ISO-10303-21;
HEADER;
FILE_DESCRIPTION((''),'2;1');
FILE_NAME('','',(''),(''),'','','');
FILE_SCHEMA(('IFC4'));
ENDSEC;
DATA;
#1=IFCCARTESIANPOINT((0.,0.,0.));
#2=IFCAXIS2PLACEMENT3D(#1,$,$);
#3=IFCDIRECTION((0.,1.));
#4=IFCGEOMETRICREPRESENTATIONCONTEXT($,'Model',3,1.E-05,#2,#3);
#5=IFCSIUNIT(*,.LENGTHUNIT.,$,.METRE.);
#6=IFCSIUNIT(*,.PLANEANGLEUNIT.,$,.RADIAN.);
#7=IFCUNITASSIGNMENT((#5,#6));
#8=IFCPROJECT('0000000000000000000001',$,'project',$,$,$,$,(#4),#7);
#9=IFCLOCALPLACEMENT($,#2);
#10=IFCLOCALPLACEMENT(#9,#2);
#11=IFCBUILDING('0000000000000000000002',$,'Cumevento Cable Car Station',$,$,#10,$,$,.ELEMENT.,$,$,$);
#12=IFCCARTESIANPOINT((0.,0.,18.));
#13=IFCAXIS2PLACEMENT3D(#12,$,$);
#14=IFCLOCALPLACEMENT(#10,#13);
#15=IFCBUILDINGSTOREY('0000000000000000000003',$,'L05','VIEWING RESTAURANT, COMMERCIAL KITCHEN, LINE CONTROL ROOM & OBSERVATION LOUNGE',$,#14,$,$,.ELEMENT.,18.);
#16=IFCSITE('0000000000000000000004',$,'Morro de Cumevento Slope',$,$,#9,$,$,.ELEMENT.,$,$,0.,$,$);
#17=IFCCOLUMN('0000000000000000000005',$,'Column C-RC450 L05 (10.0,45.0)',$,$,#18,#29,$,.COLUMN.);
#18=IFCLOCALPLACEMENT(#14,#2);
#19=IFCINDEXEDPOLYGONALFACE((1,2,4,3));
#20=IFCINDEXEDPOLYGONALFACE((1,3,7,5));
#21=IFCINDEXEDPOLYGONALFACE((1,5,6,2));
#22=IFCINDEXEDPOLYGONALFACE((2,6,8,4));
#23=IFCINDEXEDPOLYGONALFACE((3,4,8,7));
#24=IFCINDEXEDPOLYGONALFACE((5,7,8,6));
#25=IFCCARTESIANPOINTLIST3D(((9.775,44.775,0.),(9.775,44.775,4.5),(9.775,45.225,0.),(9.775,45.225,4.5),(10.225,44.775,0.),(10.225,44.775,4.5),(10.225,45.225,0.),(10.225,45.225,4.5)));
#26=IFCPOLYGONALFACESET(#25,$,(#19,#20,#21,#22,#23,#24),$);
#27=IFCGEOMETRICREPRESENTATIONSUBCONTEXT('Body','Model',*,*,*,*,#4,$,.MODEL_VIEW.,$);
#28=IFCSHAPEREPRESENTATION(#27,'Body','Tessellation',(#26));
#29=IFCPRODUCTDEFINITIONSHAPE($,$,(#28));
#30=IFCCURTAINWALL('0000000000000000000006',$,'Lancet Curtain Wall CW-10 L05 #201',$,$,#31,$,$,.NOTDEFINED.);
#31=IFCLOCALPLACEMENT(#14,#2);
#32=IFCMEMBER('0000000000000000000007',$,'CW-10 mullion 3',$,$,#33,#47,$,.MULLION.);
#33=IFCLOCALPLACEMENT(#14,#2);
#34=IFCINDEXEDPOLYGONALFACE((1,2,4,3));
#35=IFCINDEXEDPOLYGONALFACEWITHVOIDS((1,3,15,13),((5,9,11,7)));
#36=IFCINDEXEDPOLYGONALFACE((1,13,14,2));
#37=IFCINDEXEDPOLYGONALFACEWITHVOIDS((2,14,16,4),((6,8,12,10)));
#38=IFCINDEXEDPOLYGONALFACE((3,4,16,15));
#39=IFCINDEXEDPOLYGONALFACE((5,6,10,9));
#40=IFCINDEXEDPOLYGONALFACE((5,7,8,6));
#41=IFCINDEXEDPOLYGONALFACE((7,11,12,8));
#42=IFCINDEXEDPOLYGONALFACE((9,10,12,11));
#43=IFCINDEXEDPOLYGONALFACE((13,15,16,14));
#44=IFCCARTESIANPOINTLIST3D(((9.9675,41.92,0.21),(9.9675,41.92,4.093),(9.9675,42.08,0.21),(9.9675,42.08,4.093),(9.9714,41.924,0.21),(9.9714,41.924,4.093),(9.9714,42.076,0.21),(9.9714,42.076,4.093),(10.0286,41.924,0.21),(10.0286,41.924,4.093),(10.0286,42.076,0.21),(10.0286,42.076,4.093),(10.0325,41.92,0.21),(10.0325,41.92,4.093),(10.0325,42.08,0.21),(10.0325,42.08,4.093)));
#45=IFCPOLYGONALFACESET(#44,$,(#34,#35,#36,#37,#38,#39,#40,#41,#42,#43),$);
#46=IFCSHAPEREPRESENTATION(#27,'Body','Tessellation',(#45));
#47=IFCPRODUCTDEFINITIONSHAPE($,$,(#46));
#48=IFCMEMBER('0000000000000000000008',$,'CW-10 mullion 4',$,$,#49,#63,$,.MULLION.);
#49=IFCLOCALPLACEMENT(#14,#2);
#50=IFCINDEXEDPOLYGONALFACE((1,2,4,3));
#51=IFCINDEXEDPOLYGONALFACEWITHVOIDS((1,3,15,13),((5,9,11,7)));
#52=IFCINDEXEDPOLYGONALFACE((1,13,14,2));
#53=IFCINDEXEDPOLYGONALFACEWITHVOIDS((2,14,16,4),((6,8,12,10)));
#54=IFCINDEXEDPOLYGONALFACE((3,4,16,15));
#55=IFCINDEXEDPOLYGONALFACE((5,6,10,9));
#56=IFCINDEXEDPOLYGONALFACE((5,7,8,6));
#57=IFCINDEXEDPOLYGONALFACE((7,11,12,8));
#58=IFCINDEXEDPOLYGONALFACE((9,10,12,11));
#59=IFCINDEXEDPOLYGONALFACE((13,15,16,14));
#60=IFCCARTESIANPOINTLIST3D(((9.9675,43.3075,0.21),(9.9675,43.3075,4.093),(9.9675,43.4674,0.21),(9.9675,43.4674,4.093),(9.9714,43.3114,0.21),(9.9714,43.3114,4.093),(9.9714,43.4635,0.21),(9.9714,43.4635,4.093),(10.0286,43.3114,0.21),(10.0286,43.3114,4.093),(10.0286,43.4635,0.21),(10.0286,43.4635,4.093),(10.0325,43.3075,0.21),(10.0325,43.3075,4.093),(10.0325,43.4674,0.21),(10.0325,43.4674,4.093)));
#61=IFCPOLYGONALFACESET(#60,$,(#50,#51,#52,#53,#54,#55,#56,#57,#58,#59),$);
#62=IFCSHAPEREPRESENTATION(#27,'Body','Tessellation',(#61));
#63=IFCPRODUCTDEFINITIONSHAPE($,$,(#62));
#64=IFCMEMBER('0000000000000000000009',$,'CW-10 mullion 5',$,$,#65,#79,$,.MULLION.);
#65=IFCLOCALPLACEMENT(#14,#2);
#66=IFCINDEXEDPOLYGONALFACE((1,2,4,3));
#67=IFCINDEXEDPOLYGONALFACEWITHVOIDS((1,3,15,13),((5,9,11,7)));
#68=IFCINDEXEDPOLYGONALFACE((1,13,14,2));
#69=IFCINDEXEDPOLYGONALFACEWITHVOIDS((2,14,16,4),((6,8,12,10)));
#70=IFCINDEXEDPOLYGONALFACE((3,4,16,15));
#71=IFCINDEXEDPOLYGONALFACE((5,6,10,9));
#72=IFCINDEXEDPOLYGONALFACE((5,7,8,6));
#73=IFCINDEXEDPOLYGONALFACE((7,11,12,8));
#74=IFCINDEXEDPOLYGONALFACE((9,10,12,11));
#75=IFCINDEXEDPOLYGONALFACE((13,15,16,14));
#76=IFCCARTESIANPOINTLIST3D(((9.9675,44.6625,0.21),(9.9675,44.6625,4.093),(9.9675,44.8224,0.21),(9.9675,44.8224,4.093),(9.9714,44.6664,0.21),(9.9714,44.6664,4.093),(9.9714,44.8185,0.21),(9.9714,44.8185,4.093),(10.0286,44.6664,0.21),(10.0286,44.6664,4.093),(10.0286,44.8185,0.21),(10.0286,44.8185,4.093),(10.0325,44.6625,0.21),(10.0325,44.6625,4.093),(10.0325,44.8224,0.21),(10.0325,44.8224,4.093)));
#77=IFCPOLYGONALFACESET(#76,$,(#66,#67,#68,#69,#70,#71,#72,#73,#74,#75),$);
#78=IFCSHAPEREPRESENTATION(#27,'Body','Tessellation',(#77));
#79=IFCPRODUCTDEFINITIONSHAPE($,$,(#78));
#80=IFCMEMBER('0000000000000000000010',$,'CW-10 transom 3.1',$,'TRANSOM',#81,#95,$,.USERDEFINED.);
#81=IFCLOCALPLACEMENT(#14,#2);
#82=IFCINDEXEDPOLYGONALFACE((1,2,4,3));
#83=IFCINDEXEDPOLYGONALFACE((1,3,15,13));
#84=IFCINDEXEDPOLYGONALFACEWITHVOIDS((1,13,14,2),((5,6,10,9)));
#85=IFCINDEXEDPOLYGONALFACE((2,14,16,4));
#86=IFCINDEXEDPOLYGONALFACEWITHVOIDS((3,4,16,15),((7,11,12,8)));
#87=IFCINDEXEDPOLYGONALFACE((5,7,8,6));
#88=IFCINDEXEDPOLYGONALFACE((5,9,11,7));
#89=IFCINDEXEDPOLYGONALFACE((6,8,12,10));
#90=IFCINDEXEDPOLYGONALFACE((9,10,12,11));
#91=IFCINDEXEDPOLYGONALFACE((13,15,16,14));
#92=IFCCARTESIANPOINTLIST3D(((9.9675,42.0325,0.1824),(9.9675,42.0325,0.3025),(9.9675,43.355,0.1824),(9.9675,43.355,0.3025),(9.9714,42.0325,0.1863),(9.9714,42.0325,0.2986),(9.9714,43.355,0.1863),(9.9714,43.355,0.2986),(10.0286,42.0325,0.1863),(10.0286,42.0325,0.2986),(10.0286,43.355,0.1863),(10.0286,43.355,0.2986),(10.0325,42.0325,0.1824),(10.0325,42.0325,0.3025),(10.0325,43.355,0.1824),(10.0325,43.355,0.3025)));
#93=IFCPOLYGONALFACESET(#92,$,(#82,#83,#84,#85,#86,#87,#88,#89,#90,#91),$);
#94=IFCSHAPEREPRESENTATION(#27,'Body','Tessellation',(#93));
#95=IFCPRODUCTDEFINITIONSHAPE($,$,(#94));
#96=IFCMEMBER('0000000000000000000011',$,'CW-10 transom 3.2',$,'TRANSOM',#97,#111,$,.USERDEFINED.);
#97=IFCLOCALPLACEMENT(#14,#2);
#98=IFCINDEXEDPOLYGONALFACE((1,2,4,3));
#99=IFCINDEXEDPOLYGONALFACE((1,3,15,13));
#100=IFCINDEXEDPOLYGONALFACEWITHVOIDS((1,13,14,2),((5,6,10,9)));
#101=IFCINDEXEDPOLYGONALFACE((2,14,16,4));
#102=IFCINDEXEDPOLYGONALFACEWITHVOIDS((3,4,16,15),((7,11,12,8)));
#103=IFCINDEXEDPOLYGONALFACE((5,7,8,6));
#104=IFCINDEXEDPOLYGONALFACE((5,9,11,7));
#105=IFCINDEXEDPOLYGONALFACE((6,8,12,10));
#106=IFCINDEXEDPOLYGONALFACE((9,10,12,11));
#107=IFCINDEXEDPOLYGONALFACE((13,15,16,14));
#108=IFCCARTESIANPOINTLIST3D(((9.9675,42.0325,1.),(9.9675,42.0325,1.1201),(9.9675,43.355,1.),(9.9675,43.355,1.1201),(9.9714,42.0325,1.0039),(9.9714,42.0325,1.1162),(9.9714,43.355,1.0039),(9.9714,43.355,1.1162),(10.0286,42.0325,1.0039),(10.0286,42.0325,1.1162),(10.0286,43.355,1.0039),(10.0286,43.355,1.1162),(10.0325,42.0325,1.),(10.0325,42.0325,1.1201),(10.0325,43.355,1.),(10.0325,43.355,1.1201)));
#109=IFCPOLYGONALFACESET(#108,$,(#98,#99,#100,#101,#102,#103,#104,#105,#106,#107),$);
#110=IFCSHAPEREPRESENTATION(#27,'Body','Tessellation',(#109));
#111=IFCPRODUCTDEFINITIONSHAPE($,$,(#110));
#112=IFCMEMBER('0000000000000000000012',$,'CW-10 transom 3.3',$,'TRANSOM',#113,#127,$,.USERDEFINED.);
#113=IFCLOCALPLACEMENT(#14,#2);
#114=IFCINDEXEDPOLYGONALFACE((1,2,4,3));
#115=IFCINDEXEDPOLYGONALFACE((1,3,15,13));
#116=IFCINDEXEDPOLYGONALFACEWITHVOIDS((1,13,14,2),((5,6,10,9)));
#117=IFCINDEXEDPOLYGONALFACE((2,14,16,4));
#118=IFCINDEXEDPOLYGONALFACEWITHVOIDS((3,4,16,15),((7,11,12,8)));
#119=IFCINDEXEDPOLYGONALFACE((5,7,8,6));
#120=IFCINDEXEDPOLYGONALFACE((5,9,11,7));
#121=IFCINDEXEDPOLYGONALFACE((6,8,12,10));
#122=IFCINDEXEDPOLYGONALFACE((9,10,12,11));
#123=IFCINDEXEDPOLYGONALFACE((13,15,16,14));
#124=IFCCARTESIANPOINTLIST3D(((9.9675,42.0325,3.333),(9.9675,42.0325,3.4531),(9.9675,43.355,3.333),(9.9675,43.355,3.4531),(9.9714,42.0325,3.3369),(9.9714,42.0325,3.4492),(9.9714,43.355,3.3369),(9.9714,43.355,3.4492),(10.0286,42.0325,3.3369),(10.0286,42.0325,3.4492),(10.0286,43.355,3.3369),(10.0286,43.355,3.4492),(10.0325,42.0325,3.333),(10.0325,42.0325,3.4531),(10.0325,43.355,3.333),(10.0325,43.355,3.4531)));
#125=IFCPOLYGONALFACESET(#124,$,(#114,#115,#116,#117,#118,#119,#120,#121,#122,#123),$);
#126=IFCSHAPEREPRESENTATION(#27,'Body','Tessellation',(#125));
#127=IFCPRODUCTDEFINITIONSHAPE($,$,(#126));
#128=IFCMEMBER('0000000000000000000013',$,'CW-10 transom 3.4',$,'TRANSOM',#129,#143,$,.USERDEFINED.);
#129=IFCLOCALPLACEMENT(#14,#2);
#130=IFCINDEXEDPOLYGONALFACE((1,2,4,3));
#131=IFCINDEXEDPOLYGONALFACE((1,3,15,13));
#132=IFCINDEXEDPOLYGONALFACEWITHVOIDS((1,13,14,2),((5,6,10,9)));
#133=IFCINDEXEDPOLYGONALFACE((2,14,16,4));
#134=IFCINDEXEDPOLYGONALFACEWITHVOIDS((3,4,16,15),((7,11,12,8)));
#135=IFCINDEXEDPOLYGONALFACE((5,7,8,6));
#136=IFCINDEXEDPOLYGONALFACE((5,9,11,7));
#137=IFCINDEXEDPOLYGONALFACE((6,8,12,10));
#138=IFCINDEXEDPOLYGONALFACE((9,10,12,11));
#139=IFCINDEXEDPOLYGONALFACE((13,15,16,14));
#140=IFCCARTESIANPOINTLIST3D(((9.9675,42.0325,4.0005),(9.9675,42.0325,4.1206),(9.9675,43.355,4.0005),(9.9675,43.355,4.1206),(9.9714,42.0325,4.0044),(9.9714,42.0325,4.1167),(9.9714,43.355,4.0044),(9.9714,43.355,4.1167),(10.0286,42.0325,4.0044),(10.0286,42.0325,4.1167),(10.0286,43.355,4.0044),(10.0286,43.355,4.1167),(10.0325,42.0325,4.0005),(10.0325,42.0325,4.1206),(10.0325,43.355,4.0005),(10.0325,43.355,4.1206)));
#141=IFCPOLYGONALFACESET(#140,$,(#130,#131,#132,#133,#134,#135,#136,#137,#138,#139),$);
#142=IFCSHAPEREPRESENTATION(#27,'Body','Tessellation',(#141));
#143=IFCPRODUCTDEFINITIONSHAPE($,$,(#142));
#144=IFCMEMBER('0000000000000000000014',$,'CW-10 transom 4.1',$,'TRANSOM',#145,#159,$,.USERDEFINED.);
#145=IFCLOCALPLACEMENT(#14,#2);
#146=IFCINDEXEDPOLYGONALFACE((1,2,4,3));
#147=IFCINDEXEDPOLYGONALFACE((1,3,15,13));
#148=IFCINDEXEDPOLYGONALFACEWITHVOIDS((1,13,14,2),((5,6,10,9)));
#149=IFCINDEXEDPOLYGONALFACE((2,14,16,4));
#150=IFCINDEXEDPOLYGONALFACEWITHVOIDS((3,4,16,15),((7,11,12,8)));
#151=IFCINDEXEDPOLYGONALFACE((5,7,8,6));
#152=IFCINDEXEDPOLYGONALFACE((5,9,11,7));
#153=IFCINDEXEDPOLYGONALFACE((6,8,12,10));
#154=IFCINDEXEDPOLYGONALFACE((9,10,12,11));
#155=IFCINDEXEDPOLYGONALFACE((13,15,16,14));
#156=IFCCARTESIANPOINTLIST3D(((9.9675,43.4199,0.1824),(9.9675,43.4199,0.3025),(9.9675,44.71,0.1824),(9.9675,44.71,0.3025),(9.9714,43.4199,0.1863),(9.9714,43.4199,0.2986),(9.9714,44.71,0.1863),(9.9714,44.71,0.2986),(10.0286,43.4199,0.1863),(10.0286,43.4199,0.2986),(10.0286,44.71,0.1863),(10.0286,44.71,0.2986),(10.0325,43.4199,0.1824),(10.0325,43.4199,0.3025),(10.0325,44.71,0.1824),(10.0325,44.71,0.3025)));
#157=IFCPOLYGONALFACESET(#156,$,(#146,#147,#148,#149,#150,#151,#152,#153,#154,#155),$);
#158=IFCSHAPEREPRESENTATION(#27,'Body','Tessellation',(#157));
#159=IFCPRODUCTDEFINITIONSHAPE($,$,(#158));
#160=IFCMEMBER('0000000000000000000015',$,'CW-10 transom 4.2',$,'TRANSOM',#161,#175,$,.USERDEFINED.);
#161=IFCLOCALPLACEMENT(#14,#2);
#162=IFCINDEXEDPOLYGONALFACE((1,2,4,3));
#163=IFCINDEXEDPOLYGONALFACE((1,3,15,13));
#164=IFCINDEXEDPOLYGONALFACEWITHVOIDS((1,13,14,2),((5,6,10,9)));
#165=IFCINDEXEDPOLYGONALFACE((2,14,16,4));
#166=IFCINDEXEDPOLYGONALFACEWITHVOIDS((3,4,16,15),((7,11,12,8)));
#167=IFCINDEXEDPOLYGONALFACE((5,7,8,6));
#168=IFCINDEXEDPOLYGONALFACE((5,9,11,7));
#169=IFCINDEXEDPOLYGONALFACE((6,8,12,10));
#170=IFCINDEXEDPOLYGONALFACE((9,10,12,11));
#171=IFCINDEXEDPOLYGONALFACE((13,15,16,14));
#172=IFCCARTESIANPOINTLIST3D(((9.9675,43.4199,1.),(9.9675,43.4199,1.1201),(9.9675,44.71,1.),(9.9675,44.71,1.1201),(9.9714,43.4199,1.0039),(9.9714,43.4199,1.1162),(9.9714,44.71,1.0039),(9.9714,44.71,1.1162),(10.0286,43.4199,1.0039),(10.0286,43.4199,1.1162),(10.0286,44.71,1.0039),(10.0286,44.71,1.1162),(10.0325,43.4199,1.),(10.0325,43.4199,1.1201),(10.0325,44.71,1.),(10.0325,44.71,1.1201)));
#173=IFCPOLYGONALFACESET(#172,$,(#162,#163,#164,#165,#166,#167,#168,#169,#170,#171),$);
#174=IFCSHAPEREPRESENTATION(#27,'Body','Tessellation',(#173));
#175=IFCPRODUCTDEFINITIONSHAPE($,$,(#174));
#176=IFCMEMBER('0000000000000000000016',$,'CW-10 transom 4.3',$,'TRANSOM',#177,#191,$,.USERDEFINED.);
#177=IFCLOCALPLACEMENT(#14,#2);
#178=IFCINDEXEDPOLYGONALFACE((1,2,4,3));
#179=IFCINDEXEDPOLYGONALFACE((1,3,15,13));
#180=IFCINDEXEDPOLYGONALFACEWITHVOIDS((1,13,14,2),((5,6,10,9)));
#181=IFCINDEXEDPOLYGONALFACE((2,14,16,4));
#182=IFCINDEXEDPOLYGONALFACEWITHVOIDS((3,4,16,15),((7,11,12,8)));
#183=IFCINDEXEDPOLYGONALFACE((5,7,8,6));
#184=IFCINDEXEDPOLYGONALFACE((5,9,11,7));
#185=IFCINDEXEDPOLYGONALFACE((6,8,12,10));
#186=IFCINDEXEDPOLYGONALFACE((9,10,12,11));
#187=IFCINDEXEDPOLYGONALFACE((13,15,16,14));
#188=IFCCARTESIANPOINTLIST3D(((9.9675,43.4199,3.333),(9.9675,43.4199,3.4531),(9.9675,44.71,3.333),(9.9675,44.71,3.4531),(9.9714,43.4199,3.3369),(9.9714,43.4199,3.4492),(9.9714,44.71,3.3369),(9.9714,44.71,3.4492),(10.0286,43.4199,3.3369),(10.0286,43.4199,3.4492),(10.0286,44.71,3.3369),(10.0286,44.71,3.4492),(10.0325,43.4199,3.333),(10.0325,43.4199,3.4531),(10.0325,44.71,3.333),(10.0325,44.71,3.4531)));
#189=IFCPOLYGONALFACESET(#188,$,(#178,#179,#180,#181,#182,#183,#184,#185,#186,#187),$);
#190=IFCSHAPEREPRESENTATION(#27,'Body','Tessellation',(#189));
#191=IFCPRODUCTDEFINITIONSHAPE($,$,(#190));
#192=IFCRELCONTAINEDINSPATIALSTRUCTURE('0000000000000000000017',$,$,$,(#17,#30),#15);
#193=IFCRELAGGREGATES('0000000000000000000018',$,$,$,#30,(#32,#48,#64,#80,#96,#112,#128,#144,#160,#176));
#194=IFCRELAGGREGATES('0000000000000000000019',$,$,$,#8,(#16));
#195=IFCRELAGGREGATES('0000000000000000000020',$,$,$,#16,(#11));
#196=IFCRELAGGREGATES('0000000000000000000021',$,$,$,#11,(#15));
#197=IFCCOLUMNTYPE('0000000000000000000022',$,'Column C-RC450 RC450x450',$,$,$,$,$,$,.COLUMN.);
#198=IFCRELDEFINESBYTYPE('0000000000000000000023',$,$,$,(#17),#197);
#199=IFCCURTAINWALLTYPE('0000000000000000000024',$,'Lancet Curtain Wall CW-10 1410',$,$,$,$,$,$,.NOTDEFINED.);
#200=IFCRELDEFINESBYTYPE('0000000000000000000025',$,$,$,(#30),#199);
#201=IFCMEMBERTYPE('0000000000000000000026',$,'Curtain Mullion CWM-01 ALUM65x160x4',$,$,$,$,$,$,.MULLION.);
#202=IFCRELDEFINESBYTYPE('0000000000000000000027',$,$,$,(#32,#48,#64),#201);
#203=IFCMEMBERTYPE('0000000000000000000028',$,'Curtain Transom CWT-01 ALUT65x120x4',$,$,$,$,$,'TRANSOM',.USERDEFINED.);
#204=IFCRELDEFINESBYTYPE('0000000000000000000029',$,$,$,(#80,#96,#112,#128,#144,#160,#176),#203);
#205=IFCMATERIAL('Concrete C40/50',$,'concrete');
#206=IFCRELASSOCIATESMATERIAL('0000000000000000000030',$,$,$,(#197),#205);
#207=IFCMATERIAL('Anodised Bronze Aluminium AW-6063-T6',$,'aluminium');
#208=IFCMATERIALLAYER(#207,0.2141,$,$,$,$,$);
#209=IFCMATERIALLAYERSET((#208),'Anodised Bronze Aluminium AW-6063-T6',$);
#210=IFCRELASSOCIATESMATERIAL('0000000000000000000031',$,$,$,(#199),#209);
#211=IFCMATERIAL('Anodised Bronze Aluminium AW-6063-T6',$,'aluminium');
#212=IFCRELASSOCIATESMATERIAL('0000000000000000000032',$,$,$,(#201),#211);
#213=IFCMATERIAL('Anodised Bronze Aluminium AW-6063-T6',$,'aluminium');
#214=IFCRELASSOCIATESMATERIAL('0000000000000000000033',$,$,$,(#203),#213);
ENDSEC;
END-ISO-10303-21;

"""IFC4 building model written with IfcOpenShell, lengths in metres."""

from ifc_helpers import new_model, si_unit, direction, frame, origin, origin_2d, place, context, subcontext, project, spatial, rectangle, hollow_rectangle, extrude, material, layer, layer_set, material_profile, profile_set, type_object, element, aggregate, save


model = new_model("IFC4")

# Units and contexts
model_context = context("Model", 3, precision=1e-05, world=origin(), true_north=direction((0.0, 1.0)))
body_context = subcontext(model_context, "Body", "Model", "MODEL_VIEW")
ifc_project = project(units=[si_unit("LENGTHUNIT", "METRE"), si_unit("PLANEANGLEUNIT", "RADIAN")], contexts=[model_context])

# Site, building, storey
site_placement = place(None, origin())
site = spatial("IfcSite", under=ifc_project, at=site_placement, Name="Morro de Cumevento Slope", CompositionType="ELEMENT", RefElevation=0.0)
building_placement = place(site_placement, origin())
building = spatial("IfcBuilding", under=site, at=building_placement, Name="Cumevento Cable Car Station", CompositionType="ELEMENT")
storey_placement = place(building_placement, frame((0.0, 0.0, 18.0)))
storey = spatial("IfcBuildingStorey", under=building, at=storey_placement, Name="L05", Description="VIEWING RESTAURANT, COMMERCIAL KITCHEN, LINE CONTROL ROOM & OBSERVATION LOUNGE", CompositionType="ELEMENT", Elevation=18.0)

# Column
ifc_material_1 = material(Name="Concrete C40/50", Category="concrete")
ifc_material_profile_1 = material_profile(ifc_material_1, rectangle(XDim=0.45, YDim=0.45, at=origin_2d()), Name="RC450x450")
ifc_profile_set_1 = profile_set([ifc_material_profile_1], Name="Concrete C40/50")
column_type = type_object("IfcColumnType", Name="Column C-RC450 RC450x450", PredefinedType="COLUMN", material=ifc_profile_set_1)
column_placement = place(storey_placement, frame((10.0, 45.0, 0.0), z_axis=(0.0, 0.0, 1.0), x_axis=(1.0, 0.0, 0.0)))
element("IfcColumn", 1, at=column_placement, inside=storey, type_object=column_type, Name="Column C-RC450 L05 (10.0,45.0)", PredefinedType="COLUMN", context=body_context, shape_type="SweptSolid", body=[
    extrude(rectangle(XDim=0.45, YDim=0.45, at=origin_2d()), origin(), (0.0, 0.0, 1.0), 4.5),
])

# Curtain wall, members
ifc_material_2 = material(Name="Anodised Bronze Aluminium AW-6063-T6", Category="aluminium")
ifc_layer_1 = layer(ifc_material_2, 0.2141)
ifc_layer_set_1 = layer_set([ifc_layer_1], Name="Anodised Bronze Aluminium AW-6063-T6")
curtain_wall_type = type_object("IfcCurtainWallType", Name="Lancet Curtain Wall CW-10 1410", PredefinedType="NOTDEFINED", material=ifc_layer_set_1)
curtain_wall_placement = place(storey_placement, origin())
curtain_wall = element("IfcCurtainWall", 2, at=curtain_wall_placement, inside=storey, type_object=curtain_wall_type, Name="Lancet Curtain Wall CW-10 L05 #201", PredefinedType="NOTDEFINED")
ifc_material_3 = material(Name="Anodised Bronze Aluminium AW-6063-T6", Category="aluminium")
ifc_material_profile_2 = material_profile(ifc_material_3, hollow_rectangle(XDim=0.0649, YDim=0.1599, WallThickness=0.0039, at=origin_2d()), Name="ALUM65x160x4")
ifc_profile_set_2 = profile_set([ifc_material_profile_2], Name="Anodised Bronze Aluminium AW-6063-T6")
member_type_1 = type_object("IfcMemberType", Name="Curtain Mullion CWM-01 ALUM65x160x4", PredefinedType="MULLION", material=ifc_profile_set_2)
member_1_placement = place(storey_placement, frame((10.0, 42.0, 0.21), z_axis=(0.0, 0.0, 1.0), x_axis=(-1.0, 0.0, 0.0)))
member_1 = element("IfcMember", 3, at=member_1_placement, type_object=member_type_1, Name="CW-10 mullion 3", PredefinedType="MULLION", context=body_context, shape_type="SweptSolid", body=[
    extrude(hollow_rectangle(XDim=0.0649, YDim=0.1599, WallThickness=0.0039, at=origin_2d()), origin(), (0.0, 0.0, 1.0), 3.8831),
])
member_2_placement = place(storey_placement, frame((10.0, 43.3875, 0.21), z_axis=(0.0, 0.0, 1.0), x_axis=(-1.0, 0.0, 0.0)))
member_2 = element("IfcMember", 4, at=member_2_placement, type_object=member_type_1, Name="CW-10 mullion 4", PredefinedType="MULLION", context=body_context, shape_type="SweptSolid", body=[
    extrude(hollow_rectangle(XDim=0.0649, YDim=0.1599, WallThickness=0.0039, at=origin_2d()), origin(), (0.0, 0.0, 1.0), 3.8831),
])
member_3_placement = place(storey_placement, frame((10.0, 44.7424, 0.21), z_axis=(0.0, 0.0, 1.0), x_axis=(-1.0, 0.0, 0.0)))
member_3 = element("IfcMember", 5, at=member_3_placement, type_object=member_type_1, Name="CW-10 mullion 5", PredefinedType="MULLION", context=body_context, shape_type="SweptSolid", body=[
    extrude(hollow_rectangle(XDim=0.0649, YDim=0.1599, WallThickness=0.0039, at=origin_2d()), origin(), (0.0, 0.0, 1.0), 3.8831),
])
ifc_material_4 = material(Name="Anodised Bronze Aluminium AW-6063-T6", Category="aluminium")
ifc_material_profile_3 = material_profile(ifc_material_4, hollow_rectangle(XDim=0.0649, YDim=0.1201, WallThickness=0.0039, at=origin_2d()), Name="ALUT65x120x4")
ifc_profile_set_3 = profile_set([ifc_material_profile_3], Name="Anodised Bronze Aluminium AW-6063-T6")
member_type_2 = type_object("IfcMemberType", Name="Curtain Transom CWT-01 ALUT65x120x4", ElementType="TRANSOM", PredefinedType="USERDEFINED", material=ifc_profile_set_3)
member_4_placement = place(storey_placement, frame((10.0, 42.0325, 0.2424), z_axis=(0.0, 1.0, 0.0), x_axis=(-1.0, 0.0, 0.0)))
member_4 = element("IfcMember", 6, at=member_4_placement, type_object=member_type_2, Name="CW-10 transom 3.1", ObjectType="TRANSOM", PredefinedType="USERDEFINED", context=body_context, shape_type="SweptSolid", body=[
    extrude(hollow_rectangle(XDim=0.0649, YDim=0.1201, WallThickness=0.0039, at=origin_2d()), origin(), (0.0, 0.0, 1.0), 1.3225),
])
member_5_placement = place(storey_placement, frame((10.0, 42.0325, 1.0601), z_axis=(0.0, 1.0, 0.0), x_axis=(-1.0, 0.0, 0.0)))
member_5 = element("IfcMember", 7, at=member_5_placement, type_object=member_type_2, Name="CW-10 transom 3.2", ObjectType="TRANSOM", PredefinedType="USERDEFINED", context=body_context, shape_type="SweptSolid", body=[
    extrude(hollow_rectangle(XDim=0.0649, YDim=0.1201, WallThickness=0.0039, at=origin_2d()), origin(), (0.0, 0.0, 1.0), 1.3225),
])
member_6_placement = place(storey_placement, frame((10.0, 42.0325, 3.3931), z_axis=(0.0, 1.0, 0.0), x_axis=(-1.0, 0.0, 0.0)))
member_6 = element("IfcMember", 8, at=member_6_placement, type_object=member_type_2, Name="CW-10 transom 3.3", ObjectType="TRANSOM", PredefinedType="USERDEFINED", context=body_context, shape_type="SweptSolid", body=[
    extrude(hollow_rectangle(XDim=0.0649, YDim=0.1201, WallThickness=0.0039, at=origin_2d()), origin(), (0.0, 0.0, 1.0), 1.3225),
])
member_7_placement = place(storey_placement, frame((10.0, 42.0325, 4.0605), z_axis=(0.0, 1.0, 0.0), x_axis=(-1.0, 0.0, 0.0)))
member_7 = element("IfcMember", 9, at=member_7_placement, type_object=member_type_2, Name="CW-10 transom 3.4", ObjectType="TRANSOM", PredefinedType="USERDEFINED", context=body_context, shape_type="SweptSolid", body=[
    extrude(hollow_rectangle(XDim=0.0649, YDim=0.1201, WallThickness=0.0039, at=origin_2d()), origin(), (0.0, 0.0, 1.0), 1.3225),
])
member_8_placement = place(storey_placement, frame((10.0, 43.4199, 0.2424), z_axis=(0.0, 1.0, 0.0), x_axis=(-1.0, 0.0, 0.0)))
member_8 = element("IfcMember", 10, at=member_8_placement, type_object=member_type_2, Name="CW-10 transom 4.1", ObjectType="TRANSOM", PredefinedType="USERDEFINED", context=body_context, shape_type="SweptSolid", body=[
    extrude(hollow_rectangle(XDim=0.0649, YDim=0.1201, WallThickness=0.0039, at=origin_2d()), origin(), (0.0, 0.0, 1.0), 1.29),
])
member_9_placement = place(storey_placement, frame((10.0, 43.4199, 1.0601), z_axis=(0.0, 1.0, 0.0), x_axis=(-1.0, 0.0, 0.0)))
member_9 = element("IfcMember", 11, at=member_9_placement, type_object=member_type_2, Name="CW-10 transom 4.2", ObjectType="TRANSOM", PredefinedType="USERDEFINED", context=body_context, shape_type="SweptSolid", body=[
    extrude(hollow_rectangle(XDim=0.0649, YDim=0.1201, WallThickness=0.0039, at=origin_2d()), origin(), (0.0, 0.0, 1.0), 1.29),
])
member_10_placement = place(storey_placement, frame((10.0, 43.4199, 3.3931), z_axis=(0.0, 1.0, 0.0), x_axis=(-1.0, 0.0, 0.0)))
member_10 = element("IfcMember", 12, at=member_10_placement, type_object=member_type_2, Name="CW-10 transom 4.3", ObjectType="TRANSOM", PredefinedType="USERDEFINED", context=body_context, shape_type="SweptSolid", body=[
    extrude(hollow_rectangle(XDim=0.0649, YDim=0.1201, WallThickness=0.0039, at=origin_2d()), origin(), (0.0, 0.0, 1.0), 1.29),
])

aggregate(curtain_wall, [member_1, member_2, member_3, member_4, member_5, member_6, member_7, member_8, member_9, member_10])

save(model, "model.ifc")
